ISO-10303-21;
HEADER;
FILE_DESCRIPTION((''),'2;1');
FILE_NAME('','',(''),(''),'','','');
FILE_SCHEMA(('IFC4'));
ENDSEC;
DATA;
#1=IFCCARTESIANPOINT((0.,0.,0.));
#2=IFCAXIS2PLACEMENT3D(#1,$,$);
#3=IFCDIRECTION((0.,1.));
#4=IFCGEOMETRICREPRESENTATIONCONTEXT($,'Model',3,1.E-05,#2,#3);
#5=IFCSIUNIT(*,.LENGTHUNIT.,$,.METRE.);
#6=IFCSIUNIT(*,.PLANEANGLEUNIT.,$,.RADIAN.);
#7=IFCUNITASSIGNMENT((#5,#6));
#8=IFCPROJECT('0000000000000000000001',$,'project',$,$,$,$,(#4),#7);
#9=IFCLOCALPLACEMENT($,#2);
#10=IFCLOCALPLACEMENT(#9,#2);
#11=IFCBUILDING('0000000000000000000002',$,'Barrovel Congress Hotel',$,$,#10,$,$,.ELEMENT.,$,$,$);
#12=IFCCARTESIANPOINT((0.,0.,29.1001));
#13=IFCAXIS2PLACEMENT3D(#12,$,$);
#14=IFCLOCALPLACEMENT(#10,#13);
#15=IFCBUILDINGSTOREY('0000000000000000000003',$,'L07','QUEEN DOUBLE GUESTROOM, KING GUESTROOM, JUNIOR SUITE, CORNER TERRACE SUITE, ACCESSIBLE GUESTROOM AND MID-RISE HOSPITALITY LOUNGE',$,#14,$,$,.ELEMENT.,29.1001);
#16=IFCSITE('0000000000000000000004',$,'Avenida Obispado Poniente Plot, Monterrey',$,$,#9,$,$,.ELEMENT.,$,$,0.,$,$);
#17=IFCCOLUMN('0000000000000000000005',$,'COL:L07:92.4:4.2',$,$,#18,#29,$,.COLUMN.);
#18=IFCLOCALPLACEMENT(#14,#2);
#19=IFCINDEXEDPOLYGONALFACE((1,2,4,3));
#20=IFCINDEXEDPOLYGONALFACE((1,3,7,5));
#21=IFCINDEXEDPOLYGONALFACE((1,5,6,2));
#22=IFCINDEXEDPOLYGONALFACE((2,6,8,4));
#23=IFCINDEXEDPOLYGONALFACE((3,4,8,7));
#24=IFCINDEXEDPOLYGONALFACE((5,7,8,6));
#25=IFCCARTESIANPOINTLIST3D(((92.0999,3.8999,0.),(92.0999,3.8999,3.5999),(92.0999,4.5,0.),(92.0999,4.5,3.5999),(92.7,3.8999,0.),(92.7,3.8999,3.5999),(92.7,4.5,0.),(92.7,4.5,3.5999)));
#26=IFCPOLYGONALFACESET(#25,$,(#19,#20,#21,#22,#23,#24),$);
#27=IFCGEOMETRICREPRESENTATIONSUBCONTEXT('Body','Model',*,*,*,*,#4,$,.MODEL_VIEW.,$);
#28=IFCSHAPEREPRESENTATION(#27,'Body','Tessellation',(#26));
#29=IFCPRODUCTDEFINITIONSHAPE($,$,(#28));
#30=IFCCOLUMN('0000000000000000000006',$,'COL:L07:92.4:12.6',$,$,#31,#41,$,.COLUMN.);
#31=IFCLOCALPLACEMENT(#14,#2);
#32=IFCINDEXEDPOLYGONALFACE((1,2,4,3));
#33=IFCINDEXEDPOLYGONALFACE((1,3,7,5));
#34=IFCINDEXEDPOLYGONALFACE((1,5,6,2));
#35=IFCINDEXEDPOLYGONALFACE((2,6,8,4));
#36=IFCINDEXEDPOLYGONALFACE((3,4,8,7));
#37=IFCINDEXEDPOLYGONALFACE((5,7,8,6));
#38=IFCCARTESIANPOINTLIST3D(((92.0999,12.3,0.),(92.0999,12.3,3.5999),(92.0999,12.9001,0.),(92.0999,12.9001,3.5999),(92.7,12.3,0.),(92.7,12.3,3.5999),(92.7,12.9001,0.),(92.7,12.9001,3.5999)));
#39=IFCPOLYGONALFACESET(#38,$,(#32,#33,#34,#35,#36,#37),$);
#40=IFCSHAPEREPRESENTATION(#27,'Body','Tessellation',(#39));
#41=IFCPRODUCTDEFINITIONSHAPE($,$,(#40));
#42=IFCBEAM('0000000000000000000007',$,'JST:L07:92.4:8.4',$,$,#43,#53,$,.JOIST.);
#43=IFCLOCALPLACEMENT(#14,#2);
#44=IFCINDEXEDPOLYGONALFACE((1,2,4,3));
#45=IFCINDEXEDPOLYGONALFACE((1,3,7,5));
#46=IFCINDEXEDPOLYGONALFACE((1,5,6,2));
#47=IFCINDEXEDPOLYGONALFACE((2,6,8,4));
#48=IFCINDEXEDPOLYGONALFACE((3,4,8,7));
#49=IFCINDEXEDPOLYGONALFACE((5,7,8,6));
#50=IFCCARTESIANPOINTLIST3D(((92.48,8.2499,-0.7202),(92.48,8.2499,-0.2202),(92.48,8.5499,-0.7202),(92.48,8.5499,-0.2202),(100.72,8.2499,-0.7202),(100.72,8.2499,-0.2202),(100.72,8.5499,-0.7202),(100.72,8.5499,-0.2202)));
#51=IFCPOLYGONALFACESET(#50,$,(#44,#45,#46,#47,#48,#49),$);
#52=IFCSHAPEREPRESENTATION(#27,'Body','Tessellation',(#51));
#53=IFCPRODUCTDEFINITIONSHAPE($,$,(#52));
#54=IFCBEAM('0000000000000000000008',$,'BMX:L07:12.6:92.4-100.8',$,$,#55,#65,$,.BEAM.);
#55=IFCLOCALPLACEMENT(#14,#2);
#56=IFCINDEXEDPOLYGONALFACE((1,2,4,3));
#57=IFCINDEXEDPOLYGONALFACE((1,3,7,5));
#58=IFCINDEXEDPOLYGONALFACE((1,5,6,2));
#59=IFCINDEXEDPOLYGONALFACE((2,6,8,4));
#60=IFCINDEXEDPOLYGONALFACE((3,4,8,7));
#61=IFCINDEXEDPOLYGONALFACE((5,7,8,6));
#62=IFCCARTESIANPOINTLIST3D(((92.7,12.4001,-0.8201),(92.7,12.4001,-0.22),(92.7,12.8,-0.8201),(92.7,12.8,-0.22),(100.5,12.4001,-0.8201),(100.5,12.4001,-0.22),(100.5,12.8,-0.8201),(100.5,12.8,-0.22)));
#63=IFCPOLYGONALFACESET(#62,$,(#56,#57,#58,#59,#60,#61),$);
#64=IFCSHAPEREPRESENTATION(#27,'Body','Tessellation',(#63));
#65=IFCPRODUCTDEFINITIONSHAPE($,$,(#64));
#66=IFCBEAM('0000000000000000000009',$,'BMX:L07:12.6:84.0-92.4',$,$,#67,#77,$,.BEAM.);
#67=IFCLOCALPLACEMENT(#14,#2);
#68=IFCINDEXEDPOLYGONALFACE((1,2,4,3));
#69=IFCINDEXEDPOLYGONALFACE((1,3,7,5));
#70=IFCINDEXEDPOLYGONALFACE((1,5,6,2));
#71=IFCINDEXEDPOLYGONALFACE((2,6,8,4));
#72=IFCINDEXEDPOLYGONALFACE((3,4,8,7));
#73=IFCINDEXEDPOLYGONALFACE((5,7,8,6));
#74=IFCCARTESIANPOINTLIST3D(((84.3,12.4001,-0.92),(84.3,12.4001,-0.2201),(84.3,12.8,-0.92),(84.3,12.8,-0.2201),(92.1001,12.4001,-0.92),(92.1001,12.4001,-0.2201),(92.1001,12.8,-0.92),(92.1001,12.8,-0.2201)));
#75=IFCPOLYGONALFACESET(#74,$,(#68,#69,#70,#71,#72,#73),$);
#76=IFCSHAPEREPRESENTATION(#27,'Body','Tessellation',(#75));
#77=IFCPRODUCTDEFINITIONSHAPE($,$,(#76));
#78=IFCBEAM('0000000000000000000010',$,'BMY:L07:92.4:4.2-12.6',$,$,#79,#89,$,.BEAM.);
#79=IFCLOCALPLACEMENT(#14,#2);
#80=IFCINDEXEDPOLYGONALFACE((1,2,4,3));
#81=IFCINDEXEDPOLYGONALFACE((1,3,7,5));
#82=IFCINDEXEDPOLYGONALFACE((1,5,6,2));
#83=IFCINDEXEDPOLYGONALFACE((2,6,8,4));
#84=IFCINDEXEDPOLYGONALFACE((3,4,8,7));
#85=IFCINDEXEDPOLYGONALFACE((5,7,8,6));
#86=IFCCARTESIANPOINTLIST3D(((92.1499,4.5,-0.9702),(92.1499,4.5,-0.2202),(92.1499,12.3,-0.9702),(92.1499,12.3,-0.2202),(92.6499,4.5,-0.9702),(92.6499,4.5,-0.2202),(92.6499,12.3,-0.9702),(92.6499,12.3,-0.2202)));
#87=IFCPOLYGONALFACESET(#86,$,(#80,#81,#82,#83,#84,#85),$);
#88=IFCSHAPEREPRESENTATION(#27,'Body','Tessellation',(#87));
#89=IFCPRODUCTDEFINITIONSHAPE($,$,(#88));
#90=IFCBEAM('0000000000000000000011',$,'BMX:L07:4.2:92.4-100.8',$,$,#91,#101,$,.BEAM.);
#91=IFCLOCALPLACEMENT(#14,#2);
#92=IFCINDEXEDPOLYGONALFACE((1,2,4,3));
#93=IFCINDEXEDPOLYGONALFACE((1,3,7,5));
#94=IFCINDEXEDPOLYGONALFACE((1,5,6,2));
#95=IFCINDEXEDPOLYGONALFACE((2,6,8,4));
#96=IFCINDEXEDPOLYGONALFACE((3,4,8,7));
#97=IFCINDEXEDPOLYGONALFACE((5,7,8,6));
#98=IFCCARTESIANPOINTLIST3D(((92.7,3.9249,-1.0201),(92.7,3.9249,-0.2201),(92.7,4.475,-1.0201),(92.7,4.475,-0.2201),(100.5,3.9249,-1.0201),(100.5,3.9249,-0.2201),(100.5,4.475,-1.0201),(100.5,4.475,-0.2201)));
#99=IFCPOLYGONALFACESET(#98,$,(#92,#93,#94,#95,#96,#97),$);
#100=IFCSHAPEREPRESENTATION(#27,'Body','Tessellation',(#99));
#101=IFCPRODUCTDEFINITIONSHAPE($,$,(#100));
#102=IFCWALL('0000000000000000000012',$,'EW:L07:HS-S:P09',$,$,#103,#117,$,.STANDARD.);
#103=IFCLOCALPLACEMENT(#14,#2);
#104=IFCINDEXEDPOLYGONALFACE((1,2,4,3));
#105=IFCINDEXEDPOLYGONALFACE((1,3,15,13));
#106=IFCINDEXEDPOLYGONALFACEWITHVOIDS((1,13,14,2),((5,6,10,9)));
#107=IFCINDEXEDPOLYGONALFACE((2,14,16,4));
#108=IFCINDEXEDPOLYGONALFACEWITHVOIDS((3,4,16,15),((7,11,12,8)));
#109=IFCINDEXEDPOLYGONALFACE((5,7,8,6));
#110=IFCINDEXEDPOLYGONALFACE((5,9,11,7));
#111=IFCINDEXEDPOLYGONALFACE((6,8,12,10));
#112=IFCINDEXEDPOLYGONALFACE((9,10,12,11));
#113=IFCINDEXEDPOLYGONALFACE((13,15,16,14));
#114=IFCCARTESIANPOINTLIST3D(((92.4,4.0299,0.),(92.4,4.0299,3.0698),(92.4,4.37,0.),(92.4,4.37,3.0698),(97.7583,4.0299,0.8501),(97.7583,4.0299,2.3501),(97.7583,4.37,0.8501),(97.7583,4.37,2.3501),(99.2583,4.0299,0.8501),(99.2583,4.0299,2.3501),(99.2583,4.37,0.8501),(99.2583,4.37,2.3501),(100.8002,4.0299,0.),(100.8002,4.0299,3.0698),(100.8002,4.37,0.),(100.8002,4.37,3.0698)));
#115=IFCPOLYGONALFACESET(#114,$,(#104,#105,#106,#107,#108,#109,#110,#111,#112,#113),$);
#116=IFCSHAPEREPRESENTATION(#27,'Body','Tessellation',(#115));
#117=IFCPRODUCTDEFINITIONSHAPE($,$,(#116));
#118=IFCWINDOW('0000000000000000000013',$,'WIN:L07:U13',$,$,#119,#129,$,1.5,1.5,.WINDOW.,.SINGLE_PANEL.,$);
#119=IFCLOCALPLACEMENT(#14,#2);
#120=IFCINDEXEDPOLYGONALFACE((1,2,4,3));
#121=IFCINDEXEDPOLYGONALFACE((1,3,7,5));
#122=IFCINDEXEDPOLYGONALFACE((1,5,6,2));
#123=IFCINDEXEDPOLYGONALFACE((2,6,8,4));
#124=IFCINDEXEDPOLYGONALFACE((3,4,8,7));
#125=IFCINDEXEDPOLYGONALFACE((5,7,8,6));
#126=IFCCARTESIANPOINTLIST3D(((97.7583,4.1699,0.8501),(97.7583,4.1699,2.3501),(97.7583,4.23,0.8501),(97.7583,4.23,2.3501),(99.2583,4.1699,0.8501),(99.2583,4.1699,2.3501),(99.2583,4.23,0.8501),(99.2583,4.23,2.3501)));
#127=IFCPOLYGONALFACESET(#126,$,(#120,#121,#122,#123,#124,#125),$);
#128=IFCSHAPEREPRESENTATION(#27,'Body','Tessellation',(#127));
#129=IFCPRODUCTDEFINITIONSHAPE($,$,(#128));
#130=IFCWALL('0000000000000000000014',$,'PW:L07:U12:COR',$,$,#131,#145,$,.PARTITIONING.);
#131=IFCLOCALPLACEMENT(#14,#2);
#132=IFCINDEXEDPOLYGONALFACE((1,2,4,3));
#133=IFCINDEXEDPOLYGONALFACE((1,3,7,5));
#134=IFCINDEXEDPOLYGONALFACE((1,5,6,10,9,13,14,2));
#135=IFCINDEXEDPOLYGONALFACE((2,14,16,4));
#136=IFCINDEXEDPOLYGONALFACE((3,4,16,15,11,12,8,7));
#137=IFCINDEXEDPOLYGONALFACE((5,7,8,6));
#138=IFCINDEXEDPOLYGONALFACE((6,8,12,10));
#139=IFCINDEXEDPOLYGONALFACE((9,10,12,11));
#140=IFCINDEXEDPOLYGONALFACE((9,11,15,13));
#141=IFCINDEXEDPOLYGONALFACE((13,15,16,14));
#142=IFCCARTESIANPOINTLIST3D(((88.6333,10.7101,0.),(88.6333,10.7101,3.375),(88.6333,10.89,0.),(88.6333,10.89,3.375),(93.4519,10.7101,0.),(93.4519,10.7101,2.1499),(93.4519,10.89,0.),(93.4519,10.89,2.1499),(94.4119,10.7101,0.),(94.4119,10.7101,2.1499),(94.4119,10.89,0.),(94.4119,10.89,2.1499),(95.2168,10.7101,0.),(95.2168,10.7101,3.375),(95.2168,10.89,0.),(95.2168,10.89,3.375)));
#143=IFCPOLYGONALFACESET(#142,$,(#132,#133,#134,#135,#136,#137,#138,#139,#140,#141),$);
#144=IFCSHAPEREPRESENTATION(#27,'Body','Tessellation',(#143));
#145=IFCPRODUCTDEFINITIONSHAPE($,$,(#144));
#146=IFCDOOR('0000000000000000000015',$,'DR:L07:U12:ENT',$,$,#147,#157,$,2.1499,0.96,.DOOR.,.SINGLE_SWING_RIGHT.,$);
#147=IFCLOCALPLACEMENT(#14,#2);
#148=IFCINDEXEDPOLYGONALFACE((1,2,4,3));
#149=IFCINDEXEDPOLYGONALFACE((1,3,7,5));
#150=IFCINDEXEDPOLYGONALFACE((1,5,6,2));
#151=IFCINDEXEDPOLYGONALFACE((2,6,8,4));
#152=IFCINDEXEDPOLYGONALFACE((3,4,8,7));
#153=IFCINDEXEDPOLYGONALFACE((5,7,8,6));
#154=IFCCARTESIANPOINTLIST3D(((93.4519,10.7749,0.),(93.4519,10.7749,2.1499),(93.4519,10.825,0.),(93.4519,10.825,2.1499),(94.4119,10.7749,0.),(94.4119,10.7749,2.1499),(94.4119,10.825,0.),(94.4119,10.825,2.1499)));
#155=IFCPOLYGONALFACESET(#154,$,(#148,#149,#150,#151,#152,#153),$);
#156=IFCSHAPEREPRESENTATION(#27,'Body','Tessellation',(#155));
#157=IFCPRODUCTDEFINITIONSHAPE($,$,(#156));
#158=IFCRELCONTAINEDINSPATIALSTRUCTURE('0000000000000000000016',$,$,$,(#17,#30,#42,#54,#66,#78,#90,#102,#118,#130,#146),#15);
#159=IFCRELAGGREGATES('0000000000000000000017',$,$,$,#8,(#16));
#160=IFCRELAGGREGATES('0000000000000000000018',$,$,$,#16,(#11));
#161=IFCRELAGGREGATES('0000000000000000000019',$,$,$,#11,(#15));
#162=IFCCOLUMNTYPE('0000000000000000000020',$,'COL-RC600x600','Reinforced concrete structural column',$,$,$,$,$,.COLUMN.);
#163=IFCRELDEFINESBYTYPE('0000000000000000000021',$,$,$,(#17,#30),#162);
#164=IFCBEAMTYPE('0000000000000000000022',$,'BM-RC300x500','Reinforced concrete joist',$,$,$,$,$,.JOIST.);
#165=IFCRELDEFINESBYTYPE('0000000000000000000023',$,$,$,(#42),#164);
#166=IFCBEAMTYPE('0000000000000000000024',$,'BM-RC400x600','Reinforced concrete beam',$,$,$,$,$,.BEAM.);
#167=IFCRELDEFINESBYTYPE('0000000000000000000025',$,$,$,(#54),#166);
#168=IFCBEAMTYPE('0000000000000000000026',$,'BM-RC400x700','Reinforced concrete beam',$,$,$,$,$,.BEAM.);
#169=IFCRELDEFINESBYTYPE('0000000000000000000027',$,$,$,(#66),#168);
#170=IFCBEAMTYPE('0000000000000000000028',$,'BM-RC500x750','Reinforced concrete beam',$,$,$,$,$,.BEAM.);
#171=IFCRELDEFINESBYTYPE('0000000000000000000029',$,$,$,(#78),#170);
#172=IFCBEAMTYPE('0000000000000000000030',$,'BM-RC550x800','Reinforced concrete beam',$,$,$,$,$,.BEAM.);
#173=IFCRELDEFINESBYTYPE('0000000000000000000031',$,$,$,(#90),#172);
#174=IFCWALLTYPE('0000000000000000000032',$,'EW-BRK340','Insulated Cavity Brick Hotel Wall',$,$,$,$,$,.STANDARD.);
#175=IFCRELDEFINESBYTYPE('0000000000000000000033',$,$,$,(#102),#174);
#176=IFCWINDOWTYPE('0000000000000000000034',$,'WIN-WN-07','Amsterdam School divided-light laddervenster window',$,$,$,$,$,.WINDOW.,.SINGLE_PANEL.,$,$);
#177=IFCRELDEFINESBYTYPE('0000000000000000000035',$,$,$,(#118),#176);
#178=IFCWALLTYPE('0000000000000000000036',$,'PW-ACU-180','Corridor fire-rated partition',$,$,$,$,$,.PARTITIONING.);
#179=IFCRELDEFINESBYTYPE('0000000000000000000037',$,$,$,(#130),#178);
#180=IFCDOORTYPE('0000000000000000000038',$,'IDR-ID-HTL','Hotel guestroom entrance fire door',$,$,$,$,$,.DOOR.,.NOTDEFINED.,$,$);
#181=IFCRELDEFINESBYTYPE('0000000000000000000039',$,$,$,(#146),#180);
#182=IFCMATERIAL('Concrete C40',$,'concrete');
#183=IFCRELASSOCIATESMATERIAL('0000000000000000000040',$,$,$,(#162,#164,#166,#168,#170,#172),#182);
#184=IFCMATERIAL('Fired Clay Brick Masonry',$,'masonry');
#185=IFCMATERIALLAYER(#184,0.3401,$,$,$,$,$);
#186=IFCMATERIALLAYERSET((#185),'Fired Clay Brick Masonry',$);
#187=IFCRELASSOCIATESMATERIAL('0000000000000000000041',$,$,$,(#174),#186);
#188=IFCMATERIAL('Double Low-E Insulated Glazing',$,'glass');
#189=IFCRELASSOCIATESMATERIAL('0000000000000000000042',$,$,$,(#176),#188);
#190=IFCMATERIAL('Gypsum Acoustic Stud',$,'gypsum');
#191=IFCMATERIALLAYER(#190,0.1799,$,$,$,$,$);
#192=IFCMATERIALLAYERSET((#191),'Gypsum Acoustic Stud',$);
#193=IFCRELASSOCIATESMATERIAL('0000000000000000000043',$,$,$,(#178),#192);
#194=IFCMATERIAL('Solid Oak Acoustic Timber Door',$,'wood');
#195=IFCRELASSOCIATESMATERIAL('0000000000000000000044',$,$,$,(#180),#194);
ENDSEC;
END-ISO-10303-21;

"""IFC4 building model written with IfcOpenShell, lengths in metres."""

from ifc_helpers import new_model, si_unit, direction, frame, frame_2d, origin, origin_2d, place, context, subcontext, project, spatial, rectangle, extrude, material, layer, layer_set, material_profile, profile_set, type_object, element, fill, save


model = new_model("IFC4")

# Units and contexts
model_context = context("Model", 3, precision=1e-05, world=origin(), true_north=direction((0.0, 1.0)))
body_context = subcontext(model_context, "Body", "Model", "MODEL_VIEW")
ifc_project = project(units=[si_unit("LENGTHUNIT", "METRE"), si_unit("PLANEANGLEUNIT", "RADIAN")], contexts=[model_context])

# Site, building, storey
site_placement = place(None, origin())
site = spatial("IfcSite", under=ifc_project, at=site_placement, Name="Avenida Obispado Poniente Plot, Monterrey", CompositionType="ELEMENT", RefElevation=0.0)
building_placement = place(site_placement, origin())
building = spatial("IfcBuilding", under=site, at=building_placement, Name="Barrovel Congress Hotel", CompositionType="ELEMENT")
storey_placement = place(building_placement, frame((0.0, 0.0, 29.1001)))
storey = spatial("IfcBuildingStorey", under=building, at=storey_placement, Name="L07", Description="QUEEN DOUBLE GUESTROOM, KING GUESTROOM, JUNIOR SUITE, CORNER TERRACE SUITE, ACCESSIBLE GUESTROOM AND MID-RISE HOSPITALITY LOUNGE", CompositionType="ELEMENT", Elevation=29.1001)

# Columns
ifc_material_1 = material(Name="Concrete C40", Category="concrete")
ifc_material_profile_1 = material_profile(ifc_material_1, rectangle(XDim=0.6001, YDim=0.6001, at=origin_2d()), Name="RC600x600")
ifc_profile_set_1 = profile_set([ifc_material_profile_1], Name="Concrete C40")
column_type = type_object("IfcColumnType", Name="COL-RC600x600", Description="Reinforced concrete structural column", PredefinedType="COLUMN", material=ifc_profile_set_1)
for number, where, z_axis, x_axis, name in (
    (1, (92.3999, 4.2, 0.0), (0.0, 0.0, 1.0), (1.0, 0.0, 0.0), "COL:L07:92.4:4.2"),
    (2, (92.3999, 12.6001, 0.0), (0.0, 0.0, 1.0), (1.0, 0.0, 0.0), "COL:L07:92.4:12.6"),
):
    element("IfcColumn", number, at=place(storey_placement, frame(where, z_axis=z_axis, x_axis=x_axis)), inside=storey, type_object=column_type, Name=name, PredefinedType="COLUMN", context=body_context, shape_type="SweptSolid", body=[
        extrude(rectangle(XDim=0.6001, YDim=0.6001, at=origin_2d()), origin(), (0.0, 0.0, 1.0), 3.5999),
    ])

# Beams
ifc_material_profile_2 = material_profile(ifc_material_1, rectangle(XDim=0.3, YDim=0.5, at=origin_2d()), Name="RC300x500")
ifc_profile_set_2 = profile_set([ifc_material_profile_2], Name="Concrete C40")
beam_type_1 = type_object("IfcBeamType", Name="BM-RC300x500", Description="Reinforced concrete joist", PredefinedType="JOIST", material=ifc_profile_set_2)
beam_1_placement = place(storey_placement, frame((92.48, 8.3999, -0.4702), z_axis=(1.0, 0.0, 0.0), x_axis=(0.0, 1.0, 0.0)))
element("IfcBeam", 3, at=beam_1_placement, inside=storey, type_object=beam_type_1, Name="JST:L07:92.4:8.4", PredefinedType="JOIST", context=body_context, shape_type="SweptSolid", body=[
    extrude(rectangle(XDim=0.3, YDim=0.5, at=origin_2d()), origin(), (0.0, 0.0, 1.0), 8.24),
])
ifc_material_profile_3 = material_profile(ifc_material_1, rectangle(XDim=0.3999, YDim=0.6001, at=origin_2d()), Name="RC400x600")
ifc_profile_set_3 = profile_set([ifc_material_profile_3], Name="Concrete C40")
beam_type_2 = type_object("IfcBeamType", Name="BM-RC400x600", Description="Reinforced concrete beam", PredefinedType="BEAM", material=ifc_profile_set_3)
beam_2_placement = place(storey_placement, frame((92.7, 12.6001, -0.52), z_axis=(1.0, 0.0, 0.0), x_axis=(0.0, 1.0, 0.0)))
element("IfcBeam", 4, at=beam_2_placement, inside=storey, type_object=beam_type_2, Name="BMX:L07:12.6:92.4-100.8", PredefinedType="BEAM", context=body_context, shape_type="SweptSolid", body=[
    extrude(rectangle(XDim=0.3999, YDim=0.6001, at=origin_2d()), origin(), (0.0, 0.0, 1.0), 7.8),
])
ifc_material_profile_4 = material_profile(ifc_material_1, rectangle(XDim=0.3999, YDim=0.7, at=origin_2d()), Name="RC400x700")
ifc_profile_set_4 = profile_set([ifc_material_profile_4], Name="Concrete C40")
beam_type_3 = type_object("IfcBeamType", Name="BM-RC400x700", Description="Reinforced concrete beam", PredefinedType="BEAM", material=ifc_profile_set_4)
beam_3_placement = place(storey_placement, frame((84.3, 12.6001, -0.5701), z_axis=(1.0, 0.0, 0.0), x_axis=(0.0, 1.0, 0.0)))
element("IfcBeam", 5, at=beam_3_placement, inside=storey, type_object=beam_type_3, Name="BMX:L07:12.6:84.0-92.4", PredefinedType="BEAM", context=body_context, shape_type="SweptSolid", body=[
    extrude(rectangle(XDim=0.3999, YDim=0.7, at=origin_2d()), origin(), (0.0, 0.0, 1.0), 7.8),
])
ifc_material_profile_5 = material_profile(ifc_material_1, rectangle(XDim=0.5, YDim=0.75, at=origin_2d()), Name="RC500x750")
ifc_profile_set_5 = profile_set([ifc_material_profile_5], Name="Concrete C40")
beam_type_4 = type_object("IfcBeamType", Name="BM-RC500x750", Description="Reinforced concrete beam", PredefinedType="BEAM", material=ifc_profile_set_5)
beam_4_placement = place(storey_placement, frame((92.3999, 4.5, -0.5952), z_axis=(0.0, 1.0, 0.0), x_axis=(-1.0, 0.0, 0.0)))
element("IfcBeam", 6, at=beam_4_placement, inside=storey, type_object=beam_type_4, Name="BMY:L07:92.4:4.2-12.6", PredefinedType="BEAM", context=body_context, shape_type="SweptSolid", body=[
    extrude(rectangle(XDim=0.5, YDim=0.75, at=origin_2d()), origin(), (0.0, 0.0, 1.0), 7.8),
])
ifc_material_profile_6 = material_profile(ifc_material_1, rectangle(XDim=0.55, YDim=0.8, at=origin_2d()), Name="RC550x800")
ifc_profile_set_6 = profile_set([ifc_material_profile_6], Name="Concrete C40")
beam_type_5 = type_object("IfcBeamType", Name="BM-RC550x800", Description="Reinforced concrete beam", PredefinedType="BEAM", material=ifc_profile_set_6)
beam_5_placement = place(storey_placement, frame((92.7, 4.2, -0.6201), z_axis=(1.0, 0.0, 0.0), x_axis=(0.0, 1.0, 0.0)))
element("IfcBeam", 7, at=beam_5_placement, inside=storey, type_object=beam_type_5, Name="BMX:L07:4.2:92.4-100.8", PredefinedType="BEAM", context=body_context, shape_type="SweptSolid", body=[
    extrude(rectangle(XDim=0.55, YDim=0.8, at=origin_2d()), origin(), (0.0, 0.0, 1.0), 7.8),
])

# Wall, opening, window
ifc_material_2 = material(Name="Fired Clay Brick Masonry", Category="masonry")
ifc_layer_1 = layer(ifc_material_2, 0.3401)
ifc_layer_set_1 = layer_set([ifc_layer_1], Name="Fired Clay Brick Masonry")
wall_type_1 = type_object("IfcWallType", Name="EW-BRK340", Description="Insulated Cavity Brick Hotel Wall", PredefinedType="STANDARD", material=ifc_layer_set_1)
wall_1_placement = place(storey_placement, frame((92.3999, 4.2, 0.0), z_axis=(0.0, 0.0, 1.0), x_axis=(1.0, 0.0, 0.0)))
wall_1 = element("IfcWall", 8, at=wall_1_placement, inside=storey, type_object=wall_type_1, Name="EW:L07:HS-S:P09", PredefinedType="STANDARD", context=body_context, shape_type="SweptSolid", body=[
    extrude(rectangle(XDim=8.4001, YDim=0.3401, at=frame_2d((4.2002, 0.0))), origin(), (0.0, 0.0, 1.0), 3.0698),
])
opening_1_placement = place(wall_1_placement, frame((5.3584, 0.0, 0.8501)))
opening_1 = element("IfcOpeningElement", 9, at=opening_1_placement, cuts=wall_1, PredefinedType="OPENING", context=body_context, shape_type="SweptSolid", body=[
    extrude(rectangle(XDim=1.5, YDim=1.5, at=frame_2d((0.75, 0.75))), frame((0.0, 0.1802, 0.0), z_axis=(0.0, -1.0, 0.0), x_axis=(1.0, 0.0, 0.0)), (0.0, 0.0, 1.0), 0.3601),
])
ifc_material_3 = material(Name="Double Low-E Insulated Glazing", Category="glass")
window_type = type_object("IfcWindowType", Name="WIN-WN-07", Description="Amsterdam School divided-light laddervenster window", PartitioningType="SINGLE_PANEL", PredefinedType="WINDOW", material=ifc_material_3)
window_placement = place(opening_1_placement, origin())
window = element("IfcWindow", 10, at=window_placement, inside=storey, type_object=window_type, Name="WIN:L07:U13", OverallHeight=1.5, OverallWidth=1.5, PartitioningType="SINGLE_PANEL", PredefinedType="WINDOW", context=body_context, shape_type="SweptSolid", body=[
    extrude(rectangle(XDim=1.5, YDim=1.5, at=frame_2d((0.75, 0.75))), frame((0.0, 0.03, 0.0), z_axis=(0.0, -1.0, 0.0), x_axis=(1.0, 0.0, 0.0)), (0.0, 0.0, 1.0), 0.0601),
])
fill(opening_1, window)

# Wall, opening, door
ifc_material_4 = material(Name="Gypsum Acoustic Stud", Category="gypsum")
ifc_layer_2 = layer(ifc_material_4, 0.1799)
ifc_layer_set_2 = layer_set([ifc_layer_2], Name="Gypsum Acoustic Stud")
wall_type_2 = type_object("IfcWallType", Name="PW-ACU-180", Description="Corridor fire-rated partition", PredefinedType="PARTITIONING", material=ifc_layer_set_2)
wall_2_placement = place(storey_placement, frame((88.6333, 10.8, 0.0), z_axis=(0.0, 0.0, 1.0), x_axis=(1.0, 0.0, 0.0)))
wall_2 = element("IfcWall", 11, at=wall_2_placement, inside=storey, type_object=wall_type_2, Name="PW:L07:U12:COR", PredefinedType="PARTITIONING", context=body_context, shape_type="SweptSolid", body=[
    extrude(rectangle(XDim=6.5835, YDim=0.1799, at=frame_2d((3.2917, 0.0))), origin(), (0.0, 0.0, 1.0), 3.375),
])
opening_2_placement = place(wall_2_placement, frame((4.8186, 0.0, 0.0)))
opening_2 = element("IfcOpeningElement", 12, at=opening_2_placement, cuts=wall_2, PredefinedType="OPENING", context=body_context, shape_type="SweptSolid", body=[
    extrude(rectangle(XDim=0.96, YDim=2.1499, at=frame_2d((0.48, 1.075))), frame((0.0, 0.1001, 0.0), z_axis=(0.0, -1.0, 0.0), x_axis=(1.0, 0.0, 0.0)), (0.0, 0.0, 1.0), 0.2),
])
ifc_material_5 = material(Name="Solid Oak Acoustic Timber Door", Category="wood")
door_type_1 = type_object("IfcDoorType", Name="IDR-ID-HTL", Description="Hotel guestroom entrance fire door", OperationType="NOTDEFINED", PredefinedType="DOOR", material=ifc_material_5)
door_1_placement = place(opening_2_placement, origin())
door_1 = element("IfcDoor", 13, at=door_1_placement, inside=storey, type_object=door_type_1, Name="DR:L07:U12:ENT", OperationType="SINGLE_SWING_RIGHT", OverallHeight=2.1499, OverallWidth=0.96, PredefinedType="DOOR", context=body_context, shape_type="SweptSolid", body=[
    extrude(rectangle(XDim=0.96, YDim=2.1499, at=frame_2d((0.48, 1.075))), frame((0.0, 0.0249, 0.0), z_axis=(0.0, -1.0, 0.0), x_axis=(1.0, 0.0, 0.0)), (0.0, 0.0, 1.0), 0.05),
])
fill(opening_2, door_1)

save(model, "model.ifc")
